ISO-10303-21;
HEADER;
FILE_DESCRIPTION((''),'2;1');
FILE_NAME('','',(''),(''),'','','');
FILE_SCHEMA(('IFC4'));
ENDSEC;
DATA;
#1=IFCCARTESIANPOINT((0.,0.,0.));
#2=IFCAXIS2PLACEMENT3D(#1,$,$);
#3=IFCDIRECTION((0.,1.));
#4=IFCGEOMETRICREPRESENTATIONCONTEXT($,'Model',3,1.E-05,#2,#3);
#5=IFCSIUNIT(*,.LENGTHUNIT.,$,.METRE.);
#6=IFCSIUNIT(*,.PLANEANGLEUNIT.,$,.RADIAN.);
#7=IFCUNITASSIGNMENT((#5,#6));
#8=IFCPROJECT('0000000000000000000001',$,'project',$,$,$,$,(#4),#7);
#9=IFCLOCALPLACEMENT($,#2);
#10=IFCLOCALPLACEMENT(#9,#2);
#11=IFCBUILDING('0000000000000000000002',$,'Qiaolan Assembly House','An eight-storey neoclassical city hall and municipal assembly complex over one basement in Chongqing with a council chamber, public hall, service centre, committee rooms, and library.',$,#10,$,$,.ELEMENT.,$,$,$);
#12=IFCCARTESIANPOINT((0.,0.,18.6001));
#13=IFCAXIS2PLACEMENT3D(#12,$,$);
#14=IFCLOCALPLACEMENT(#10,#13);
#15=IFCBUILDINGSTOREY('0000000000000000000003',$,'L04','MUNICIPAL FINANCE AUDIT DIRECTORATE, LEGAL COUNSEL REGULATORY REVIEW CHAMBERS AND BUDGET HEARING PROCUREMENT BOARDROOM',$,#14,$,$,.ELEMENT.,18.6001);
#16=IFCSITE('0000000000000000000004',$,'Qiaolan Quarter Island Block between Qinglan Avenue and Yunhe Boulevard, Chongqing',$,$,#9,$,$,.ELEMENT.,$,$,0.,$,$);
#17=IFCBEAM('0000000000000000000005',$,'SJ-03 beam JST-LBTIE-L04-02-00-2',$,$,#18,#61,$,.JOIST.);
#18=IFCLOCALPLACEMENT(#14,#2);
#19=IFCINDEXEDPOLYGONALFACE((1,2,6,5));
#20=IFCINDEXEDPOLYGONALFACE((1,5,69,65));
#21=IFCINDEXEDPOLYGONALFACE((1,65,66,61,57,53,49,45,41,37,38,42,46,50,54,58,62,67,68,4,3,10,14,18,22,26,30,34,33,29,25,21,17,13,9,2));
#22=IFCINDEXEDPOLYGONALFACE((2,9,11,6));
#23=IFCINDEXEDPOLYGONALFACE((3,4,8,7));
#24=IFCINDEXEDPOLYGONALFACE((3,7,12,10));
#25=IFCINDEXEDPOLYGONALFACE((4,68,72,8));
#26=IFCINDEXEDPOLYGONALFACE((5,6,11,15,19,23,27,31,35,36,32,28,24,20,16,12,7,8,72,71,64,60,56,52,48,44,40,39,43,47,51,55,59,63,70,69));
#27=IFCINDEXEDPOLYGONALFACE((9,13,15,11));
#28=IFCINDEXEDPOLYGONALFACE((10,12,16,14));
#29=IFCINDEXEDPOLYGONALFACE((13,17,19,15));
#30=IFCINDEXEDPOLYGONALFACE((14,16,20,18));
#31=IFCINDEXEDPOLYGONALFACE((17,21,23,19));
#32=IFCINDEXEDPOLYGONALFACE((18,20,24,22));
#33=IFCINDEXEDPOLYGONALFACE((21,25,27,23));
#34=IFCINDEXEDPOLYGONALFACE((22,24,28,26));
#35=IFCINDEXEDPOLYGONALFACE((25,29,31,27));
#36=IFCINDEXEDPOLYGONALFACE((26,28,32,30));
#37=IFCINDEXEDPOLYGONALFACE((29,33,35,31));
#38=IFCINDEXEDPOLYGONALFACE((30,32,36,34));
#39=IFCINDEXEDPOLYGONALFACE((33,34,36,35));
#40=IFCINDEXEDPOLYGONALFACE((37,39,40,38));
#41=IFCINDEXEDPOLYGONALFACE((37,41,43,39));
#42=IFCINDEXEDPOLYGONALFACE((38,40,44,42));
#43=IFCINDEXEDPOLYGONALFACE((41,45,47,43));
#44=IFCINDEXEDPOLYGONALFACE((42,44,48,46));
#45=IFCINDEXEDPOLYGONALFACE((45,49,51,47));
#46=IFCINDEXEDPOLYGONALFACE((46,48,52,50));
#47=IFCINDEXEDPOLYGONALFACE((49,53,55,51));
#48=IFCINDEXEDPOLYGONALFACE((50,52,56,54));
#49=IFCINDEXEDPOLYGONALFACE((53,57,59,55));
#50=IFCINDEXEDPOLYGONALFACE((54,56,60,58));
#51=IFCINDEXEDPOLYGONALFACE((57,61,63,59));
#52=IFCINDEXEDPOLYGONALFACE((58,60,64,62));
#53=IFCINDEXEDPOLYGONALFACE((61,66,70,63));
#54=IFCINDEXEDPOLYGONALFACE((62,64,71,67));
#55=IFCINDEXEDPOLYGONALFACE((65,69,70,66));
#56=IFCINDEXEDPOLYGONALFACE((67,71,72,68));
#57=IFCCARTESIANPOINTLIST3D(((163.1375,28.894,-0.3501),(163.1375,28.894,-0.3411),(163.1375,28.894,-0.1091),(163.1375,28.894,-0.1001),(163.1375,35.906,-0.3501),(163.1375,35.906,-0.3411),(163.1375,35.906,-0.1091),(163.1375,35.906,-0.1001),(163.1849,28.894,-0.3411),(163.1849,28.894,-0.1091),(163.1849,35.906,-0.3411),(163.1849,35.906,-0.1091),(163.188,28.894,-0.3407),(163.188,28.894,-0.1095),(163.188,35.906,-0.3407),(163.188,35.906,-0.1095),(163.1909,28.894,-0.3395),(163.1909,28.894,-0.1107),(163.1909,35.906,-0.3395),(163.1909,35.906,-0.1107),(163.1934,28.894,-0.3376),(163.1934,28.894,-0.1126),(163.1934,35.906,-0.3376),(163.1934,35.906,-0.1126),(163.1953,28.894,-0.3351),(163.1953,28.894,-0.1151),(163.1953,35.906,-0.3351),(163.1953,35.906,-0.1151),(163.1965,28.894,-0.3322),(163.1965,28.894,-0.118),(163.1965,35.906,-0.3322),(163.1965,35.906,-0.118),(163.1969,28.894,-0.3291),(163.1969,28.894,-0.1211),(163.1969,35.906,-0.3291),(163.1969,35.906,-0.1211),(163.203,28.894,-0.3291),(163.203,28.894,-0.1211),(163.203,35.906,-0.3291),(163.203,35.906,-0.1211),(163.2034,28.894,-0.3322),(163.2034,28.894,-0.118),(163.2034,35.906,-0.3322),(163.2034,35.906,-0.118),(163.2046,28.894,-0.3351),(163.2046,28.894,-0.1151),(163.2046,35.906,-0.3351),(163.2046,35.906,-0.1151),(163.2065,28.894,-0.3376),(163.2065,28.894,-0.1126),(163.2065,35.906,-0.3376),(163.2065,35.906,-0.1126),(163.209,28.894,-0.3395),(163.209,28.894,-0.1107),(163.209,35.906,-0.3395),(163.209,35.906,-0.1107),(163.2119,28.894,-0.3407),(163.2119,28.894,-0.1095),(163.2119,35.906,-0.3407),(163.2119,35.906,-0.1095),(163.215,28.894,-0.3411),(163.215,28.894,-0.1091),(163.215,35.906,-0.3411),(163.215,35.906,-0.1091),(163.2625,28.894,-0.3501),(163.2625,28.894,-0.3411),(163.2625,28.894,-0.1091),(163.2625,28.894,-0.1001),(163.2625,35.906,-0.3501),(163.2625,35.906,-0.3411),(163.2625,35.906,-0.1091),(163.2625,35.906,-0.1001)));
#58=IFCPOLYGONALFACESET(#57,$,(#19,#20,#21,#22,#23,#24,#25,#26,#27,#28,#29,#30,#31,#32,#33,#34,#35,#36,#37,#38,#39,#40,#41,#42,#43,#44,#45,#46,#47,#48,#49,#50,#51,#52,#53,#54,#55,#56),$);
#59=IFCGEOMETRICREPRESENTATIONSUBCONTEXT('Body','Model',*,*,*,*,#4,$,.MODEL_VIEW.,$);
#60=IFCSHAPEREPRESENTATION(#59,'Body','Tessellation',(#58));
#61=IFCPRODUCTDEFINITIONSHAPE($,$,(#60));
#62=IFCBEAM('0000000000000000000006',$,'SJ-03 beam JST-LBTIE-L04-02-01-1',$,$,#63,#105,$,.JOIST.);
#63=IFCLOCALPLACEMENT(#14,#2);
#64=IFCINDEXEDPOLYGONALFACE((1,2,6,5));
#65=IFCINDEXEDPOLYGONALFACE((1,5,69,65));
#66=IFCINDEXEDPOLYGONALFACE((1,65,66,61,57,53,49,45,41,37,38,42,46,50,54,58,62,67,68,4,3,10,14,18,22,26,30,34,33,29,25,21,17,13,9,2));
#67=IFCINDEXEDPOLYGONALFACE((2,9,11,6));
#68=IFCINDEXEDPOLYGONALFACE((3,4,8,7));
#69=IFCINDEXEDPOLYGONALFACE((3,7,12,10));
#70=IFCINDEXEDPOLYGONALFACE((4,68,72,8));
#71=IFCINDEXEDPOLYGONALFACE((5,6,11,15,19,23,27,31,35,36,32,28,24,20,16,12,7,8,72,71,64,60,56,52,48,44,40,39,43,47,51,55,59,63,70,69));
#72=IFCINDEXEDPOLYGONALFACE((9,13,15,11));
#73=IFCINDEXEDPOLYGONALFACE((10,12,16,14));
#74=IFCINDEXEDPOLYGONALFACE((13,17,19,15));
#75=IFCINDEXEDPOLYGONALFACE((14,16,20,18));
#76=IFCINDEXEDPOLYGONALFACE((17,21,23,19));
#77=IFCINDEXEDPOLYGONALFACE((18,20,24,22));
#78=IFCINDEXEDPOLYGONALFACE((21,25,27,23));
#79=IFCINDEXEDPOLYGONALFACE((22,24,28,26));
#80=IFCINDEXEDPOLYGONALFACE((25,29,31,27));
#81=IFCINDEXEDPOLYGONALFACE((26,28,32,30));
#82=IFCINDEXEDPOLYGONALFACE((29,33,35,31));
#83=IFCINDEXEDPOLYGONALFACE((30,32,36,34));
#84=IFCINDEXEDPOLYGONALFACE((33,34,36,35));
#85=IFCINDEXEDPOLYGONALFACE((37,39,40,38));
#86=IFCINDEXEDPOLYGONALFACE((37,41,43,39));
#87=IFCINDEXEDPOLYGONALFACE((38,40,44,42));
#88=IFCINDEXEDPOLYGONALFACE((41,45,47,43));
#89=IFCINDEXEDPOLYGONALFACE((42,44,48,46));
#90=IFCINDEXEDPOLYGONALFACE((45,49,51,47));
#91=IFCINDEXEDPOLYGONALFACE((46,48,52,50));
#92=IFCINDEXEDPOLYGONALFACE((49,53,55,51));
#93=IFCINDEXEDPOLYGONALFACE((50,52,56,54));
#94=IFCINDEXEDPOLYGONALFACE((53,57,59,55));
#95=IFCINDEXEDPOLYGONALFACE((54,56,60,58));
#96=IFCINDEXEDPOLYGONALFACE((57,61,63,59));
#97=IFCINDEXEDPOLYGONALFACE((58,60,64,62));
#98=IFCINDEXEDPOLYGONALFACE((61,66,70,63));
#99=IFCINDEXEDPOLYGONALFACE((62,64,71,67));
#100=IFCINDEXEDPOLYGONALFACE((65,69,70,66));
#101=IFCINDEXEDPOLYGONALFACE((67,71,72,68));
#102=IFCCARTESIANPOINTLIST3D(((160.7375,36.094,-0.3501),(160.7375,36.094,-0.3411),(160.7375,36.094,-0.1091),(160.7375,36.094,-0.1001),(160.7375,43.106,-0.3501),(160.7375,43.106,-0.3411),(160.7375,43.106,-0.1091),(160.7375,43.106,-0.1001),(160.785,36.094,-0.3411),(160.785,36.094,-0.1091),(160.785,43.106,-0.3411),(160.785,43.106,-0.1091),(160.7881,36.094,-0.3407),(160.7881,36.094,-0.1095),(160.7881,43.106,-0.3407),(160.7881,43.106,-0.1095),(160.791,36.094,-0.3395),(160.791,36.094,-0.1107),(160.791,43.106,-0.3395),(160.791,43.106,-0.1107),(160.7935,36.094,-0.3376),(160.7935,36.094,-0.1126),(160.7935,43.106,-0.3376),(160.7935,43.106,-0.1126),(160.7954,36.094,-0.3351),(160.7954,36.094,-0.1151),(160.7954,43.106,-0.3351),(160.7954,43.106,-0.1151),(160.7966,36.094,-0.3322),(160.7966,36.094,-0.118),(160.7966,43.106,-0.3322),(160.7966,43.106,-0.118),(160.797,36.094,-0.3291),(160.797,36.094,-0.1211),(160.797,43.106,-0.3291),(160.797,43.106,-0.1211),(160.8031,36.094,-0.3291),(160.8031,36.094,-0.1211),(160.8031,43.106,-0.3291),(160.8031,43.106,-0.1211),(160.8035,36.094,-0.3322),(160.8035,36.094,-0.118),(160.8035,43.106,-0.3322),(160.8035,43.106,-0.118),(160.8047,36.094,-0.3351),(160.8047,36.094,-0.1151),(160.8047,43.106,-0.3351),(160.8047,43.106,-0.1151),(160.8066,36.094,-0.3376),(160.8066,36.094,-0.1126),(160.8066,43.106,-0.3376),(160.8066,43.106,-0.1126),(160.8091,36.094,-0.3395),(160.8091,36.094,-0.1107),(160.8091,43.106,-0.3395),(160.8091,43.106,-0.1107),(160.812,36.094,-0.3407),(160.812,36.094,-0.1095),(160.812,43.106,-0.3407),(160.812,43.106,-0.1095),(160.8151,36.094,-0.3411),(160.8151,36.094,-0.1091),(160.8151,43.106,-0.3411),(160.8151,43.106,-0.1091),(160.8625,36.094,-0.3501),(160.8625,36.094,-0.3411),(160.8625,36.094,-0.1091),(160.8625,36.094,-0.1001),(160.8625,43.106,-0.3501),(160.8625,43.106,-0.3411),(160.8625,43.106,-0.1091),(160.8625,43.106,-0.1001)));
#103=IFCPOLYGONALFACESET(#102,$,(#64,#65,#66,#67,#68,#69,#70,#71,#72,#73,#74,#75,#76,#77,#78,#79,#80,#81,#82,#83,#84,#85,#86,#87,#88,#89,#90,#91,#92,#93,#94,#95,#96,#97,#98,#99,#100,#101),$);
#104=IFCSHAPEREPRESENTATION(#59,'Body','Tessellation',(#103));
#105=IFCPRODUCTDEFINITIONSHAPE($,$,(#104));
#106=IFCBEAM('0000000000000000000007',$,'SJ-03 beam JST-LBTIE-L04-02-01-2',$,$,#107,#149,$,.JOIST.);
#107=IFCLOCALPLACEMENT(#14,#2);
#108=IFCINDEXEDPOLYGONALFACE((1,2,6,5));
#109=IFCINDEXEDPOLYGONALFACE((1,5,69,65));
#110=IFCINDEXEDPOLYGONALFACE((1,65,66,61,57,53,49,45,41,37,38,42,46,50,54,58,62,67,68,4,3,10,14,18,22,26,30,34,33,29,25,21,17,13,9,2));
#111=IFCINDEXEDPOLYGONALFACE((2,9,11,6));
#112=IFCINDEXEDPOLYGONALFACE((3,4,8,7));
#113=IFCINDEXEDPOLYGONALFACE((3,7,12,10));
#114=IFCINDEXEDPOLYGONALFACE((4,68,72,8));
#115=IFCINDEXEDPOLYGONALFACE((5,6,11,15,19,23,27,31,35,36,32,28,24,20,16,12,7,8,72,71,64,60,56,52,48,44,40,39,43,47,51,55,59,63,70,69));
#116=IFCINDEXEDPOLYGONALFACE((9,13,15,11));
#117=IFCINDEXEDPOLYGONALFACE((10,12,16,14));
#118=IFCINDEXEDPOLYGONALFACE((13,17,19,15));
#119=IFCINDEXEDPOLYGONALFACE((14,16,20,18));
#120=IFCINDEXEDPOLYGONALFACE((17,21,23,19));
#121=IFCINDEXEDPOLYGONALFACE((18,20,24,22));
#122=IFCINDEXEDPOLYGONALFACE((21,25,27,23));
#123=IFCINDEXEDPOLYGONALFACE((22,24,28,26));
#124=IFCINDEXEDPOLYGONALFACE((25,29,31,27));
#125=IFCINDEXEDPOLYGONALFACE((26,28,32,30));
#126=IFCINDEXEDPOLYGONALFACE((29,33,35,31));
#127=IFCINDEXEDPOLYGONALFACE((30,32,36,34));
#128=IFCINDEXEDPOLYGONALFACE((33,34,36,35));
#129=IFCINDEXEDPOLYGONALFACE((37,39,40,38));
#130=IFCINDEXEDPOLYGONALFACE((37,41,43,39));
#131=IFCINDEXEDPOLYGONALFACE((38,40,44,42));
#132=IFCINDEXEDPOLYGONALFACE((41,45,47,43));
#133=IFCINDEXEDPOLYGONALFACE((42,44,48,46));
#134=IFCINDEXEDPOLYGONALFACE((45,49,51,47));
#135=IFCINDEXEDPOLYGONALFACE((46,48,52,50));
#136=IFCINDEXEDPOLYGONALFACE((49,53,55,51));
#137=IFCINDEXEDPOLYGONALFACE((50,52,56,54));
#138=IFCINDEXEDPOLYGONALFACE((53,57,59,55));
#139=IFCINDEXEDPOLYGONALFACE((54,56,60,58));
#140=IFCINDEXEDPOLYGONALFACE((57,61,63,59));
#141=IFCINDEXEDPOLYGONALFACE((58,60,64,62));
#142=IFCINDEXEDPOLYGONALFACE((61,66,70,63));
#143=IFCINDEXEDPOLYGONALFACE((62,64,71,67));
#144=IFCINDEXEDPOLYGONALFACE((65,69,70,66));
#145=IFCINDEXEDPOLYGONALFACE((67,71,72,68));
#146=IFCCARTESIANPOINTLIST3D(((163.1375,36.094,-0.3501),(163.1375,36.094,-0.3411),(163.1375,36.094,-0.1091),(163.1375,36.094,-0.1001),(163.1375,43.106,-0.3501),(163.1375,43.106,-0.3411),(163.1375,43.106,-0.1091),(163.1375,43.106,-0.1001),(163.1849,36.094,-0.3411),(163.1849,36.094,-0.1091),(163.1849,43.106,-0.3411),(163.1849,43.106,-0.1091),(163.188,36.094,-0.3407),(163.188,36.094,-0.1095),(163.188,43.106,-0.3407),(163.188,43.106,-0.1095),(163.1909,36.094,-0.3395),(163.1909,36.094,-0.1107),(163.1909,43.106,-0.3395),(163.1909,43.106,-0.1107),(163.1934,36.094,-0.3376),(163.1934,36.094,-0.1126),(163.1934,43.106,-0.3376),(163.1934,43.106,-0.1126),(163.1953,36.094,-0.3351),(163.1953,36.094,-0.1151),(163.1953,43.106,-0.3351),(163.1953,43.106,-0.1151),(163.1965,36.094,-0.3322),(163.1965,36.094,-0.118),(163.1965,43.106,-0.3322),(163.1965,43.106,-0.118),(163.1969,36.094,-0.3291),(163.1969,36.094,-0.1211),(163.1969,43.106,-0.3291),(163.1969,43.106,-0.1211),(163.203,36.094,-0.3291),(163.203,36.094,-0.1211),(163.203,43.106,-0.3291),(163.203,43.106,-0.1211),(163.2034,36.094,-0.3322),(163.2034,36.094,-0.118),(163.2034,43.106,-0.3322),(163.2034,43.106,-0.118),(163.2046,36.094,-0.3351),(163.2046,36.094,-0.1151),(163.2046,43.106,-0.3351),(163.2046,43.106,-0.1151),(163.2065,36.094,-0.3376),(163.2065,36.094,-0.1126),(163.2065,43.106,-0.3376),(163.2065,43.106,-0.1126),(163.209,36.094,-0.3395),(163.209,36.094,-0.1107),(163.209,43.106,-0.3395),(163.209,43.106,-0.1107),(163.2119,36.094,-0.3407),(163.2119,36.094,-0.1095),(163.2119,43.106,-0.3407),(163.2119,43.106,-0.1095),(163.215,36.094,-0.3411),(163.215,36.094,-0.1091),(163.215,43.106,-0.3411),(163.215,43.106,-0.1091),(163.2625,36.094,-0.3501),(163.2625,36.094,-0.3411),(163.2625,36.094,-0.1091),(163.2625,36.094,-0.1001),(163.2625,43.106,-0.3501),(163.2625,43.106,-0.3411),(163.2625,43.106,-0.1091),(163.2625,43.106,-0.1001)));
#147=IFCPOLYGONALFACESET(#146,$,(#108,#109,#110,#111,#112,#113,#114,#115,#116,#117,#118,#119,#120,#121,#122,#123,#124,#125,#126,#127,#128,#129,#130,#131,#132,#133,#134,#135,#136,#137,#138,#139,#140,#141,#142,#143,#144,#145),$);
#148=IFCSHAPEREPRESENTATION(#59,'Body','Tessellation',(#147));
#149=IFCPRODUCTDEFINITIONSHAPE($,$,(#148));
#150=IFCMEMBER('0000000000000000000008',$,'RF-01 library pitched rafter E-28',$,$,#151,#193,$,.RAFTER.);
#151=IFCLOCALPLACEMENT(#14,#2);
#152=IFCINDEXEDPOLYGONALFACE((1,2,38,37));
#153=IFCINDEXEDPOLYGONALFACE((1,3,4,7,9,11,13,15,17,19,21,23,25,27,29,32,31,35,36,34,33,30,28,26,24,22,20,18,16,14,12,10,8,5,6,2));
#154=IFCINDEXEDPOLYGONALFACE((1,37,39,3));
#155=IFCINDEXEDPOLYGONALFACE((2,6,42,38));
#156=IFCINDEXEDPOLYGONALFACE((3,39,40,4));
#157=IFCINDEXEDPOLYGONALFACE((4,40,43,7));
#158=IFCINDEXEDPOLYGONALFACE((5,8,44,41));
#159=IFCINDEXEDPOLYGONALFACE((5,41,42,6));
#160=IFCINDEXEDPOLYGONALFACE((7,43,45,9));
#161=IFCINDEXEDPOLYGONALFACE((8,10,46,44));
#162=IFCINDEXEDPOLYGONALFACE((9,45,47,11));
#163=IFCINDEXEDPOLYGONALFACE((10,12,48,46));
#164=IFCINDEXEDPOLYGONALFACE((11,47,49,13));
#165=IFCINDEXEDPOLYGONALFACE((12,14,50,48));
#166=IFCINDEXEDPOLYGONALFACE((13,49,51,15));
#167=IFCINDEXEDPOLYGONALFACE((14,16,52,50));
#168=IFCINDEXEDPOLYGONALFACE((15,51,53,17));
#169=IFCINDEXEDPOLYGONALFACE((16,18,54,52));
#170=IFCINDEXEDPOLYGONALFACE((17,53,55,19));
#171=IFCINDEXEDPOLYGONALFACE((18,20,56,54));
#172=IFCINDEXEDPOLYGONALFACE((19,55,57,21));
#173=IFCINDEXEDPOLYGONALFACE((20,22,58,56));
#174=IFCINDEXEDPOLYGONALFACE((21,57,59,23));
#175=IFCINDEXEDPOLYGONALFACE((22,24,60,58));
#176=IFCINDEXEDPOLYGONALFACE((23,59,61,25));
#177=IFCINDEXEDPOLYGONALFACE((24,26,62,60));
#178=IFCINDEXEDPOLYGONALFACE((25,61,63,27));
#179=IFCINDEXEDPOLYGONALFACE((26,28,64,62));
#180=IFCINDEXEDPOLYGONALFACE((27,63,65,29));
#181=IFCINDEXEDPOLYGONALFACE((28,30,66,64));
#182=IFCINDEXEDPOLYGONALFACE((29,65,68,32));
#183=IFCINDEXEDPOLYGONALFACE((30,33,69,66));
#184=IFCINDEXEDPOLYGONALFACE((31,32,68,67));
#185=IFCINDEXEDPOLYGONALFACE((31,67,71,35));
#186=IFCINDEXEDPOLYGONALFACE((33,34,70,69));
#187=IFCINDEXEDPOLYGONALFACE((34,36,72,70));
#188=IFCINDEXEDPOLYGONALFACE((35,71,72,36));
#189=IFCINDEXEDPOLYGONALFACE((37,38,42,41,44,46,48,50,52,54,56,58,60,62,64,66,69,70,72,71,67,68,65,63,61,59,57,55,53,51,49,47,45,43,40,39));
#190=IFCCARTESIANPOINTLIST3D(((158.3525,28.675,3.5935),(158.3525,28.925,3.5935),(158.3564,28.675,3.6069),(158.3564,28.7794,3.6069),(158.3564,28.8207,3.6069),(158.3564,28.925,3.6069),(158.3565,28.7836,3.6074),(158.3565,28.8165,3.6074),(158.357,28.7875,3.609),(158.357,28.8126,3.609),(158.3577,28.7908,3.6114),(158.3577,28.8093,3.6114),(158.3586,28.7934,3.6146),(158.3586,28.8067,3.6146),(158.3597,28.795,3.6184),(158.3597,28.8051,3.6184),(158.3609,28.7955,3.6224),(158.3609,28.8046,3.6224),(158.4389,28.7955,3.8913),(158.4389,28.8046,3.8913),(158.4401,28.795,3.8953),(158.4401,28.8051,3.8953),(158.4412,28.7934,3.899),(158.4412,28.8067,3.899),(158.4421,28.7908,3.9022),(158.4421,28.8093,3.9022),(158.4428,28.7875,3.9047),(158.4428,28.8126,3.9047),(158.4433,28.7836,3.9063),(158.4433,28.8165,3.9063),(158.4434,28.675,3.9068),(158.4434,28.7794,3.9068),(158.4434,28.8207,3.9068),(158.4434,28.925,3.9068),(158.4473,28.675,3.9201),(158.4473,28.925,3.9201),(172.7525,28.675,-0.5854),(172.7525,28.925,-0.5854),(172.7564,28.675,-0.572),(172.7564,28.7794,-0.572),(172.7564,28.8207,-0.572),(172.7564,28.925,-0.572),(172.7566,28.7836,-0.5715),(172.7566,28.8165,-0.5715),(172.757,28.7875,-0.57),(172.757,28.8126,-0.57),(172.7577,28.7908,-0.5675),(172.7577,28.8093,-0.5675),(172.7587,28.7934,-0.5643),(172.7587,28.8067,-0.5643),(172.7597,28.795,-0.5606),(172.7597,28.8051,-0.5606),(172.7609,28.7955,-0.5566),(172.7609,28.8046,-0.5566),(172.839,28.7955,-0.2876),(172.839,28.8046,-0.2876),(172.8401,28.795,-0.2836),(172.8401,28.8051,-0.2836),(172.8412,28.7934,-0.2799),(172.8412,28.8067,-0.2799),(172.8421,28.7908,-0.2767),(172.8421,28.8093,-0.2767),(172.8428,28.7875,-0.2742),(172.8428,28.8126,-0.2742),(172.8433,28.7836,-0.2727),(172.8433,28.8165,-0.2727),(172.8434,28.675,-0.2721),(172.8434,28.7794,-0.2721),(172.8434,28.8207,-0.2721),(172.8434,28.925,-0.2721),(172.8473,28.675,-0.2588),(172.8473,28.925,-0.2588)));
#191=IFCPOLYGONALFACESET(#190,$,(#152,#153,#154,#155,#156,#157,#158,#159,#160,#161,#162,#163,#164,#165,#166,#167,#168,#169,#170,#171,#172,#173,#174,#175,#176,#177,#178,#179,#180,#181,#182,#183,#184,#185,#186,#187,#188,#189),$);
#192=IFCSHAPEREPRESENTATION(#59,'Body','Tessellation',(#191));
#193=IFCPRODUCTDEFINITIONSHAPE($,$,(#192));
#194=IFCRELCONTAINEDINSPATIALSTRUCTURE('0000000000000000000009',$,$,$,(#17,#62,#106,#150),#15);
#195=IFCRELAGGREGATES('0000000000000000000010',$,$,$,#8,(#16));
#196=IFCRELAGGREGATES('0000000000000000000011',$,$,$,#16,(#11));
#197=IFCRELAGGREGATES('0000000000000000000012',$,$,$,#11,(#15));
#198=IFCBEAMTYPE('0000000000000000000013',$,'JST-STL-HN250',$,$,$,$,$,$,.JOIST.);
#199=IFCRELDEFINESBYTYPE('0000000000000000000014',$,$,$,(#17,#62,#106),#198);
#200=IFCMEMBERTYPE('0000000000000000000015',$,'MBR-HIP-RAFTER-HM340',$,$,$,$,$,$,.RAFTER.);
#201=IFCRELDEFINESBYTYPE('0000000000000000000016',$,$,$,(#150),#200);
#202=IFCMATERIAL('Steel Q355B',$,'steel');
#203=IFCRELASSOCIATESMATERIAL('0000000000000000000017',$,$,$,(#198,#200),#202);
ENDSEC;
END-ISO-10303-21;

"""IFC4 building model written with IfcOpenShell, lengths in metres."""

from ifc_helpers import new_model, si_unit, direction, frame, origin, origin_2d, place, context, subcontext, project, spatial, i_section, extrude, material, material_profile, profile_set, type_object, element, save


model = new_model("IFC4")

# Units and contexts
model_context = context("Model", 3, precision=1e-05, world=origin(), true_north=direction((0.0, 1.0)))
body_context = subcontext(model_context, "Body", "Model", "MODEL_VIEW")
ifc_project = project(units=[si_unit("LENGTHUNIT", "METRE"), si_unit("PLANEANGLEUNIT", "RADIAN")], contexts=[model_context])

# Site, building, storey
site_placement = place(None, origin())
site = spatial("IfcSite", under=ifc_project, at=site_placement, Name="Qiaolan Quarter Island Block between Qinglan Avenue and Yunhe Boulevard, Chongqing", CompositionType="ELEMENT", RefElevation=0.0)
building_placement = place(site_placement, origin())
building = spatial("IfcBuilding", under=site, at=building_placement, Name="Qiaolan Assembly House", Description="An eight-storey neoclassical city hall and municipal assembly complex over one basement in Chongqing with a council chamber, public hall, service centre, committee rooms, and library.", CompositionType="ELEMENT")
storey_placement = place(building_placement, frame((0.0, 0.0, 18.6001)))
storey = spatial("IfcBuildingStorey", under=building, at=storey_placement, Name="L04", Description="MUNICIPAL FINANCE AUDIT DIRECTORATE, LEGAL COUNSEL REGULATORY REVIEW CHAMBERS AND BUDGET HEARING PROCUREMENT BOARDROOM", CompositionType="ELEMENT", Elevation=18.6001)

# Shared definitions
ifc_material_1 = material(Name="Steel Q355B", Category="steel")

# Beams
ifc_material_profile_1 = material_profile(ifc_material_1, i_section(OverallWidth=0.125, OverallDepth=0.25, WebThickness=0.0061, FlangeThickness=0.009, FilletRadius=0.012, at=origin_2d()), Name="HN 250x125x6x9")
ifc_profile_set_1 = profile_set([ifc_material_profile_1], Name="Steel Q355B")
beam_type_1 = type_object("IfcBeamType", Name="JST-STL-HN250", PredefinedType="JOIST", material=ifc_profile_set_1)
for number, where, z_axis, x_axis, name in (
    (1, (163.2, 28.894, -0.2251), (0.0, 1.0, 0.0), (-1.0, 0.0, 0.0), "SJ-03 beam JST-LBTIE-L04-02-00-2"),
    (2, (160.8, 36.094, -0.2251), (0.0, 1.0, 0.0), (-1.0, 0.0, 0.0), "SJ-03 beam JST-LBTIE-L04-02-01-1"),
    (3, (163.2, 36.094, -0.2251), (0.0, 1.0, 0.0), (-1.0, 0.0, 0.0), "SJ-03 beam JST-LBTIE-L04-02-01-2"),
):
    element("IfcBeam", number, at=place(storey_placement, frame(where, z_axis=z_axis, x_axis=x_axis)), inside=storey, type_object=beam_type_1, Name=name, PredefinedType="JOIST", context=body_context, shape_type="SweptSolid", body=[
        extrude(i_section(OverallWidth=0.125, OverallDepth=0.25, WebThickness=0.0061, FlangeThickness=0.009, FilletRadius=0.012, at=origin_2d()), origin(), (0.0, 0.0, 1.0), 7.012),
    ])

# Member
ifc_material_profile_2 = material_profile(ifc_material_1, i_section(OverallWidth=0.25, OverallDepth=0.3401, WebThickness=0.009, FlangeThickness=0.0139, FilletRadius=0.0161, at=origin_2d()), Name="HM 340x250x9x14-RF")
ifc_profile_set_2 = profile_set([ifc_material_profile_2], Name="Steel Q355B")
member_type_1 = type_object("IfcMemberType", Name="MBR-HIP-RAFTER-HM340", PredefinedType="RAFTER", material=ifc_profile_set_2)
for number, where, z_axis, x_axis, name in (
    (4, (158.3999, 28.8, 3.7568), (0.960377, 0.0, -0.278704), (0.0, 1.0, 0.0), "RF-01 library pitched rafter E-28"),
):
    element("IfcMember", number, at=place(storey_placement, frame(where, z_axis=z_axis, x_axis=x_axis)), inside=storey, type_object=member_type_1, Name=name, PredefinedType="RAFTER", context=body_context, shape_type="SweptSolid", body=[
        extrude(i_section(OverallWidth=0.25, OverallDepth=0.3401, WebThickness=0.009, FlangeThickness=0.0139, FilletRadius=0.0161, at=origin_2d()), origin(), (0.0, 0.0, 1.0), 14.9941),
    ])

save(model, "model.ifc")
